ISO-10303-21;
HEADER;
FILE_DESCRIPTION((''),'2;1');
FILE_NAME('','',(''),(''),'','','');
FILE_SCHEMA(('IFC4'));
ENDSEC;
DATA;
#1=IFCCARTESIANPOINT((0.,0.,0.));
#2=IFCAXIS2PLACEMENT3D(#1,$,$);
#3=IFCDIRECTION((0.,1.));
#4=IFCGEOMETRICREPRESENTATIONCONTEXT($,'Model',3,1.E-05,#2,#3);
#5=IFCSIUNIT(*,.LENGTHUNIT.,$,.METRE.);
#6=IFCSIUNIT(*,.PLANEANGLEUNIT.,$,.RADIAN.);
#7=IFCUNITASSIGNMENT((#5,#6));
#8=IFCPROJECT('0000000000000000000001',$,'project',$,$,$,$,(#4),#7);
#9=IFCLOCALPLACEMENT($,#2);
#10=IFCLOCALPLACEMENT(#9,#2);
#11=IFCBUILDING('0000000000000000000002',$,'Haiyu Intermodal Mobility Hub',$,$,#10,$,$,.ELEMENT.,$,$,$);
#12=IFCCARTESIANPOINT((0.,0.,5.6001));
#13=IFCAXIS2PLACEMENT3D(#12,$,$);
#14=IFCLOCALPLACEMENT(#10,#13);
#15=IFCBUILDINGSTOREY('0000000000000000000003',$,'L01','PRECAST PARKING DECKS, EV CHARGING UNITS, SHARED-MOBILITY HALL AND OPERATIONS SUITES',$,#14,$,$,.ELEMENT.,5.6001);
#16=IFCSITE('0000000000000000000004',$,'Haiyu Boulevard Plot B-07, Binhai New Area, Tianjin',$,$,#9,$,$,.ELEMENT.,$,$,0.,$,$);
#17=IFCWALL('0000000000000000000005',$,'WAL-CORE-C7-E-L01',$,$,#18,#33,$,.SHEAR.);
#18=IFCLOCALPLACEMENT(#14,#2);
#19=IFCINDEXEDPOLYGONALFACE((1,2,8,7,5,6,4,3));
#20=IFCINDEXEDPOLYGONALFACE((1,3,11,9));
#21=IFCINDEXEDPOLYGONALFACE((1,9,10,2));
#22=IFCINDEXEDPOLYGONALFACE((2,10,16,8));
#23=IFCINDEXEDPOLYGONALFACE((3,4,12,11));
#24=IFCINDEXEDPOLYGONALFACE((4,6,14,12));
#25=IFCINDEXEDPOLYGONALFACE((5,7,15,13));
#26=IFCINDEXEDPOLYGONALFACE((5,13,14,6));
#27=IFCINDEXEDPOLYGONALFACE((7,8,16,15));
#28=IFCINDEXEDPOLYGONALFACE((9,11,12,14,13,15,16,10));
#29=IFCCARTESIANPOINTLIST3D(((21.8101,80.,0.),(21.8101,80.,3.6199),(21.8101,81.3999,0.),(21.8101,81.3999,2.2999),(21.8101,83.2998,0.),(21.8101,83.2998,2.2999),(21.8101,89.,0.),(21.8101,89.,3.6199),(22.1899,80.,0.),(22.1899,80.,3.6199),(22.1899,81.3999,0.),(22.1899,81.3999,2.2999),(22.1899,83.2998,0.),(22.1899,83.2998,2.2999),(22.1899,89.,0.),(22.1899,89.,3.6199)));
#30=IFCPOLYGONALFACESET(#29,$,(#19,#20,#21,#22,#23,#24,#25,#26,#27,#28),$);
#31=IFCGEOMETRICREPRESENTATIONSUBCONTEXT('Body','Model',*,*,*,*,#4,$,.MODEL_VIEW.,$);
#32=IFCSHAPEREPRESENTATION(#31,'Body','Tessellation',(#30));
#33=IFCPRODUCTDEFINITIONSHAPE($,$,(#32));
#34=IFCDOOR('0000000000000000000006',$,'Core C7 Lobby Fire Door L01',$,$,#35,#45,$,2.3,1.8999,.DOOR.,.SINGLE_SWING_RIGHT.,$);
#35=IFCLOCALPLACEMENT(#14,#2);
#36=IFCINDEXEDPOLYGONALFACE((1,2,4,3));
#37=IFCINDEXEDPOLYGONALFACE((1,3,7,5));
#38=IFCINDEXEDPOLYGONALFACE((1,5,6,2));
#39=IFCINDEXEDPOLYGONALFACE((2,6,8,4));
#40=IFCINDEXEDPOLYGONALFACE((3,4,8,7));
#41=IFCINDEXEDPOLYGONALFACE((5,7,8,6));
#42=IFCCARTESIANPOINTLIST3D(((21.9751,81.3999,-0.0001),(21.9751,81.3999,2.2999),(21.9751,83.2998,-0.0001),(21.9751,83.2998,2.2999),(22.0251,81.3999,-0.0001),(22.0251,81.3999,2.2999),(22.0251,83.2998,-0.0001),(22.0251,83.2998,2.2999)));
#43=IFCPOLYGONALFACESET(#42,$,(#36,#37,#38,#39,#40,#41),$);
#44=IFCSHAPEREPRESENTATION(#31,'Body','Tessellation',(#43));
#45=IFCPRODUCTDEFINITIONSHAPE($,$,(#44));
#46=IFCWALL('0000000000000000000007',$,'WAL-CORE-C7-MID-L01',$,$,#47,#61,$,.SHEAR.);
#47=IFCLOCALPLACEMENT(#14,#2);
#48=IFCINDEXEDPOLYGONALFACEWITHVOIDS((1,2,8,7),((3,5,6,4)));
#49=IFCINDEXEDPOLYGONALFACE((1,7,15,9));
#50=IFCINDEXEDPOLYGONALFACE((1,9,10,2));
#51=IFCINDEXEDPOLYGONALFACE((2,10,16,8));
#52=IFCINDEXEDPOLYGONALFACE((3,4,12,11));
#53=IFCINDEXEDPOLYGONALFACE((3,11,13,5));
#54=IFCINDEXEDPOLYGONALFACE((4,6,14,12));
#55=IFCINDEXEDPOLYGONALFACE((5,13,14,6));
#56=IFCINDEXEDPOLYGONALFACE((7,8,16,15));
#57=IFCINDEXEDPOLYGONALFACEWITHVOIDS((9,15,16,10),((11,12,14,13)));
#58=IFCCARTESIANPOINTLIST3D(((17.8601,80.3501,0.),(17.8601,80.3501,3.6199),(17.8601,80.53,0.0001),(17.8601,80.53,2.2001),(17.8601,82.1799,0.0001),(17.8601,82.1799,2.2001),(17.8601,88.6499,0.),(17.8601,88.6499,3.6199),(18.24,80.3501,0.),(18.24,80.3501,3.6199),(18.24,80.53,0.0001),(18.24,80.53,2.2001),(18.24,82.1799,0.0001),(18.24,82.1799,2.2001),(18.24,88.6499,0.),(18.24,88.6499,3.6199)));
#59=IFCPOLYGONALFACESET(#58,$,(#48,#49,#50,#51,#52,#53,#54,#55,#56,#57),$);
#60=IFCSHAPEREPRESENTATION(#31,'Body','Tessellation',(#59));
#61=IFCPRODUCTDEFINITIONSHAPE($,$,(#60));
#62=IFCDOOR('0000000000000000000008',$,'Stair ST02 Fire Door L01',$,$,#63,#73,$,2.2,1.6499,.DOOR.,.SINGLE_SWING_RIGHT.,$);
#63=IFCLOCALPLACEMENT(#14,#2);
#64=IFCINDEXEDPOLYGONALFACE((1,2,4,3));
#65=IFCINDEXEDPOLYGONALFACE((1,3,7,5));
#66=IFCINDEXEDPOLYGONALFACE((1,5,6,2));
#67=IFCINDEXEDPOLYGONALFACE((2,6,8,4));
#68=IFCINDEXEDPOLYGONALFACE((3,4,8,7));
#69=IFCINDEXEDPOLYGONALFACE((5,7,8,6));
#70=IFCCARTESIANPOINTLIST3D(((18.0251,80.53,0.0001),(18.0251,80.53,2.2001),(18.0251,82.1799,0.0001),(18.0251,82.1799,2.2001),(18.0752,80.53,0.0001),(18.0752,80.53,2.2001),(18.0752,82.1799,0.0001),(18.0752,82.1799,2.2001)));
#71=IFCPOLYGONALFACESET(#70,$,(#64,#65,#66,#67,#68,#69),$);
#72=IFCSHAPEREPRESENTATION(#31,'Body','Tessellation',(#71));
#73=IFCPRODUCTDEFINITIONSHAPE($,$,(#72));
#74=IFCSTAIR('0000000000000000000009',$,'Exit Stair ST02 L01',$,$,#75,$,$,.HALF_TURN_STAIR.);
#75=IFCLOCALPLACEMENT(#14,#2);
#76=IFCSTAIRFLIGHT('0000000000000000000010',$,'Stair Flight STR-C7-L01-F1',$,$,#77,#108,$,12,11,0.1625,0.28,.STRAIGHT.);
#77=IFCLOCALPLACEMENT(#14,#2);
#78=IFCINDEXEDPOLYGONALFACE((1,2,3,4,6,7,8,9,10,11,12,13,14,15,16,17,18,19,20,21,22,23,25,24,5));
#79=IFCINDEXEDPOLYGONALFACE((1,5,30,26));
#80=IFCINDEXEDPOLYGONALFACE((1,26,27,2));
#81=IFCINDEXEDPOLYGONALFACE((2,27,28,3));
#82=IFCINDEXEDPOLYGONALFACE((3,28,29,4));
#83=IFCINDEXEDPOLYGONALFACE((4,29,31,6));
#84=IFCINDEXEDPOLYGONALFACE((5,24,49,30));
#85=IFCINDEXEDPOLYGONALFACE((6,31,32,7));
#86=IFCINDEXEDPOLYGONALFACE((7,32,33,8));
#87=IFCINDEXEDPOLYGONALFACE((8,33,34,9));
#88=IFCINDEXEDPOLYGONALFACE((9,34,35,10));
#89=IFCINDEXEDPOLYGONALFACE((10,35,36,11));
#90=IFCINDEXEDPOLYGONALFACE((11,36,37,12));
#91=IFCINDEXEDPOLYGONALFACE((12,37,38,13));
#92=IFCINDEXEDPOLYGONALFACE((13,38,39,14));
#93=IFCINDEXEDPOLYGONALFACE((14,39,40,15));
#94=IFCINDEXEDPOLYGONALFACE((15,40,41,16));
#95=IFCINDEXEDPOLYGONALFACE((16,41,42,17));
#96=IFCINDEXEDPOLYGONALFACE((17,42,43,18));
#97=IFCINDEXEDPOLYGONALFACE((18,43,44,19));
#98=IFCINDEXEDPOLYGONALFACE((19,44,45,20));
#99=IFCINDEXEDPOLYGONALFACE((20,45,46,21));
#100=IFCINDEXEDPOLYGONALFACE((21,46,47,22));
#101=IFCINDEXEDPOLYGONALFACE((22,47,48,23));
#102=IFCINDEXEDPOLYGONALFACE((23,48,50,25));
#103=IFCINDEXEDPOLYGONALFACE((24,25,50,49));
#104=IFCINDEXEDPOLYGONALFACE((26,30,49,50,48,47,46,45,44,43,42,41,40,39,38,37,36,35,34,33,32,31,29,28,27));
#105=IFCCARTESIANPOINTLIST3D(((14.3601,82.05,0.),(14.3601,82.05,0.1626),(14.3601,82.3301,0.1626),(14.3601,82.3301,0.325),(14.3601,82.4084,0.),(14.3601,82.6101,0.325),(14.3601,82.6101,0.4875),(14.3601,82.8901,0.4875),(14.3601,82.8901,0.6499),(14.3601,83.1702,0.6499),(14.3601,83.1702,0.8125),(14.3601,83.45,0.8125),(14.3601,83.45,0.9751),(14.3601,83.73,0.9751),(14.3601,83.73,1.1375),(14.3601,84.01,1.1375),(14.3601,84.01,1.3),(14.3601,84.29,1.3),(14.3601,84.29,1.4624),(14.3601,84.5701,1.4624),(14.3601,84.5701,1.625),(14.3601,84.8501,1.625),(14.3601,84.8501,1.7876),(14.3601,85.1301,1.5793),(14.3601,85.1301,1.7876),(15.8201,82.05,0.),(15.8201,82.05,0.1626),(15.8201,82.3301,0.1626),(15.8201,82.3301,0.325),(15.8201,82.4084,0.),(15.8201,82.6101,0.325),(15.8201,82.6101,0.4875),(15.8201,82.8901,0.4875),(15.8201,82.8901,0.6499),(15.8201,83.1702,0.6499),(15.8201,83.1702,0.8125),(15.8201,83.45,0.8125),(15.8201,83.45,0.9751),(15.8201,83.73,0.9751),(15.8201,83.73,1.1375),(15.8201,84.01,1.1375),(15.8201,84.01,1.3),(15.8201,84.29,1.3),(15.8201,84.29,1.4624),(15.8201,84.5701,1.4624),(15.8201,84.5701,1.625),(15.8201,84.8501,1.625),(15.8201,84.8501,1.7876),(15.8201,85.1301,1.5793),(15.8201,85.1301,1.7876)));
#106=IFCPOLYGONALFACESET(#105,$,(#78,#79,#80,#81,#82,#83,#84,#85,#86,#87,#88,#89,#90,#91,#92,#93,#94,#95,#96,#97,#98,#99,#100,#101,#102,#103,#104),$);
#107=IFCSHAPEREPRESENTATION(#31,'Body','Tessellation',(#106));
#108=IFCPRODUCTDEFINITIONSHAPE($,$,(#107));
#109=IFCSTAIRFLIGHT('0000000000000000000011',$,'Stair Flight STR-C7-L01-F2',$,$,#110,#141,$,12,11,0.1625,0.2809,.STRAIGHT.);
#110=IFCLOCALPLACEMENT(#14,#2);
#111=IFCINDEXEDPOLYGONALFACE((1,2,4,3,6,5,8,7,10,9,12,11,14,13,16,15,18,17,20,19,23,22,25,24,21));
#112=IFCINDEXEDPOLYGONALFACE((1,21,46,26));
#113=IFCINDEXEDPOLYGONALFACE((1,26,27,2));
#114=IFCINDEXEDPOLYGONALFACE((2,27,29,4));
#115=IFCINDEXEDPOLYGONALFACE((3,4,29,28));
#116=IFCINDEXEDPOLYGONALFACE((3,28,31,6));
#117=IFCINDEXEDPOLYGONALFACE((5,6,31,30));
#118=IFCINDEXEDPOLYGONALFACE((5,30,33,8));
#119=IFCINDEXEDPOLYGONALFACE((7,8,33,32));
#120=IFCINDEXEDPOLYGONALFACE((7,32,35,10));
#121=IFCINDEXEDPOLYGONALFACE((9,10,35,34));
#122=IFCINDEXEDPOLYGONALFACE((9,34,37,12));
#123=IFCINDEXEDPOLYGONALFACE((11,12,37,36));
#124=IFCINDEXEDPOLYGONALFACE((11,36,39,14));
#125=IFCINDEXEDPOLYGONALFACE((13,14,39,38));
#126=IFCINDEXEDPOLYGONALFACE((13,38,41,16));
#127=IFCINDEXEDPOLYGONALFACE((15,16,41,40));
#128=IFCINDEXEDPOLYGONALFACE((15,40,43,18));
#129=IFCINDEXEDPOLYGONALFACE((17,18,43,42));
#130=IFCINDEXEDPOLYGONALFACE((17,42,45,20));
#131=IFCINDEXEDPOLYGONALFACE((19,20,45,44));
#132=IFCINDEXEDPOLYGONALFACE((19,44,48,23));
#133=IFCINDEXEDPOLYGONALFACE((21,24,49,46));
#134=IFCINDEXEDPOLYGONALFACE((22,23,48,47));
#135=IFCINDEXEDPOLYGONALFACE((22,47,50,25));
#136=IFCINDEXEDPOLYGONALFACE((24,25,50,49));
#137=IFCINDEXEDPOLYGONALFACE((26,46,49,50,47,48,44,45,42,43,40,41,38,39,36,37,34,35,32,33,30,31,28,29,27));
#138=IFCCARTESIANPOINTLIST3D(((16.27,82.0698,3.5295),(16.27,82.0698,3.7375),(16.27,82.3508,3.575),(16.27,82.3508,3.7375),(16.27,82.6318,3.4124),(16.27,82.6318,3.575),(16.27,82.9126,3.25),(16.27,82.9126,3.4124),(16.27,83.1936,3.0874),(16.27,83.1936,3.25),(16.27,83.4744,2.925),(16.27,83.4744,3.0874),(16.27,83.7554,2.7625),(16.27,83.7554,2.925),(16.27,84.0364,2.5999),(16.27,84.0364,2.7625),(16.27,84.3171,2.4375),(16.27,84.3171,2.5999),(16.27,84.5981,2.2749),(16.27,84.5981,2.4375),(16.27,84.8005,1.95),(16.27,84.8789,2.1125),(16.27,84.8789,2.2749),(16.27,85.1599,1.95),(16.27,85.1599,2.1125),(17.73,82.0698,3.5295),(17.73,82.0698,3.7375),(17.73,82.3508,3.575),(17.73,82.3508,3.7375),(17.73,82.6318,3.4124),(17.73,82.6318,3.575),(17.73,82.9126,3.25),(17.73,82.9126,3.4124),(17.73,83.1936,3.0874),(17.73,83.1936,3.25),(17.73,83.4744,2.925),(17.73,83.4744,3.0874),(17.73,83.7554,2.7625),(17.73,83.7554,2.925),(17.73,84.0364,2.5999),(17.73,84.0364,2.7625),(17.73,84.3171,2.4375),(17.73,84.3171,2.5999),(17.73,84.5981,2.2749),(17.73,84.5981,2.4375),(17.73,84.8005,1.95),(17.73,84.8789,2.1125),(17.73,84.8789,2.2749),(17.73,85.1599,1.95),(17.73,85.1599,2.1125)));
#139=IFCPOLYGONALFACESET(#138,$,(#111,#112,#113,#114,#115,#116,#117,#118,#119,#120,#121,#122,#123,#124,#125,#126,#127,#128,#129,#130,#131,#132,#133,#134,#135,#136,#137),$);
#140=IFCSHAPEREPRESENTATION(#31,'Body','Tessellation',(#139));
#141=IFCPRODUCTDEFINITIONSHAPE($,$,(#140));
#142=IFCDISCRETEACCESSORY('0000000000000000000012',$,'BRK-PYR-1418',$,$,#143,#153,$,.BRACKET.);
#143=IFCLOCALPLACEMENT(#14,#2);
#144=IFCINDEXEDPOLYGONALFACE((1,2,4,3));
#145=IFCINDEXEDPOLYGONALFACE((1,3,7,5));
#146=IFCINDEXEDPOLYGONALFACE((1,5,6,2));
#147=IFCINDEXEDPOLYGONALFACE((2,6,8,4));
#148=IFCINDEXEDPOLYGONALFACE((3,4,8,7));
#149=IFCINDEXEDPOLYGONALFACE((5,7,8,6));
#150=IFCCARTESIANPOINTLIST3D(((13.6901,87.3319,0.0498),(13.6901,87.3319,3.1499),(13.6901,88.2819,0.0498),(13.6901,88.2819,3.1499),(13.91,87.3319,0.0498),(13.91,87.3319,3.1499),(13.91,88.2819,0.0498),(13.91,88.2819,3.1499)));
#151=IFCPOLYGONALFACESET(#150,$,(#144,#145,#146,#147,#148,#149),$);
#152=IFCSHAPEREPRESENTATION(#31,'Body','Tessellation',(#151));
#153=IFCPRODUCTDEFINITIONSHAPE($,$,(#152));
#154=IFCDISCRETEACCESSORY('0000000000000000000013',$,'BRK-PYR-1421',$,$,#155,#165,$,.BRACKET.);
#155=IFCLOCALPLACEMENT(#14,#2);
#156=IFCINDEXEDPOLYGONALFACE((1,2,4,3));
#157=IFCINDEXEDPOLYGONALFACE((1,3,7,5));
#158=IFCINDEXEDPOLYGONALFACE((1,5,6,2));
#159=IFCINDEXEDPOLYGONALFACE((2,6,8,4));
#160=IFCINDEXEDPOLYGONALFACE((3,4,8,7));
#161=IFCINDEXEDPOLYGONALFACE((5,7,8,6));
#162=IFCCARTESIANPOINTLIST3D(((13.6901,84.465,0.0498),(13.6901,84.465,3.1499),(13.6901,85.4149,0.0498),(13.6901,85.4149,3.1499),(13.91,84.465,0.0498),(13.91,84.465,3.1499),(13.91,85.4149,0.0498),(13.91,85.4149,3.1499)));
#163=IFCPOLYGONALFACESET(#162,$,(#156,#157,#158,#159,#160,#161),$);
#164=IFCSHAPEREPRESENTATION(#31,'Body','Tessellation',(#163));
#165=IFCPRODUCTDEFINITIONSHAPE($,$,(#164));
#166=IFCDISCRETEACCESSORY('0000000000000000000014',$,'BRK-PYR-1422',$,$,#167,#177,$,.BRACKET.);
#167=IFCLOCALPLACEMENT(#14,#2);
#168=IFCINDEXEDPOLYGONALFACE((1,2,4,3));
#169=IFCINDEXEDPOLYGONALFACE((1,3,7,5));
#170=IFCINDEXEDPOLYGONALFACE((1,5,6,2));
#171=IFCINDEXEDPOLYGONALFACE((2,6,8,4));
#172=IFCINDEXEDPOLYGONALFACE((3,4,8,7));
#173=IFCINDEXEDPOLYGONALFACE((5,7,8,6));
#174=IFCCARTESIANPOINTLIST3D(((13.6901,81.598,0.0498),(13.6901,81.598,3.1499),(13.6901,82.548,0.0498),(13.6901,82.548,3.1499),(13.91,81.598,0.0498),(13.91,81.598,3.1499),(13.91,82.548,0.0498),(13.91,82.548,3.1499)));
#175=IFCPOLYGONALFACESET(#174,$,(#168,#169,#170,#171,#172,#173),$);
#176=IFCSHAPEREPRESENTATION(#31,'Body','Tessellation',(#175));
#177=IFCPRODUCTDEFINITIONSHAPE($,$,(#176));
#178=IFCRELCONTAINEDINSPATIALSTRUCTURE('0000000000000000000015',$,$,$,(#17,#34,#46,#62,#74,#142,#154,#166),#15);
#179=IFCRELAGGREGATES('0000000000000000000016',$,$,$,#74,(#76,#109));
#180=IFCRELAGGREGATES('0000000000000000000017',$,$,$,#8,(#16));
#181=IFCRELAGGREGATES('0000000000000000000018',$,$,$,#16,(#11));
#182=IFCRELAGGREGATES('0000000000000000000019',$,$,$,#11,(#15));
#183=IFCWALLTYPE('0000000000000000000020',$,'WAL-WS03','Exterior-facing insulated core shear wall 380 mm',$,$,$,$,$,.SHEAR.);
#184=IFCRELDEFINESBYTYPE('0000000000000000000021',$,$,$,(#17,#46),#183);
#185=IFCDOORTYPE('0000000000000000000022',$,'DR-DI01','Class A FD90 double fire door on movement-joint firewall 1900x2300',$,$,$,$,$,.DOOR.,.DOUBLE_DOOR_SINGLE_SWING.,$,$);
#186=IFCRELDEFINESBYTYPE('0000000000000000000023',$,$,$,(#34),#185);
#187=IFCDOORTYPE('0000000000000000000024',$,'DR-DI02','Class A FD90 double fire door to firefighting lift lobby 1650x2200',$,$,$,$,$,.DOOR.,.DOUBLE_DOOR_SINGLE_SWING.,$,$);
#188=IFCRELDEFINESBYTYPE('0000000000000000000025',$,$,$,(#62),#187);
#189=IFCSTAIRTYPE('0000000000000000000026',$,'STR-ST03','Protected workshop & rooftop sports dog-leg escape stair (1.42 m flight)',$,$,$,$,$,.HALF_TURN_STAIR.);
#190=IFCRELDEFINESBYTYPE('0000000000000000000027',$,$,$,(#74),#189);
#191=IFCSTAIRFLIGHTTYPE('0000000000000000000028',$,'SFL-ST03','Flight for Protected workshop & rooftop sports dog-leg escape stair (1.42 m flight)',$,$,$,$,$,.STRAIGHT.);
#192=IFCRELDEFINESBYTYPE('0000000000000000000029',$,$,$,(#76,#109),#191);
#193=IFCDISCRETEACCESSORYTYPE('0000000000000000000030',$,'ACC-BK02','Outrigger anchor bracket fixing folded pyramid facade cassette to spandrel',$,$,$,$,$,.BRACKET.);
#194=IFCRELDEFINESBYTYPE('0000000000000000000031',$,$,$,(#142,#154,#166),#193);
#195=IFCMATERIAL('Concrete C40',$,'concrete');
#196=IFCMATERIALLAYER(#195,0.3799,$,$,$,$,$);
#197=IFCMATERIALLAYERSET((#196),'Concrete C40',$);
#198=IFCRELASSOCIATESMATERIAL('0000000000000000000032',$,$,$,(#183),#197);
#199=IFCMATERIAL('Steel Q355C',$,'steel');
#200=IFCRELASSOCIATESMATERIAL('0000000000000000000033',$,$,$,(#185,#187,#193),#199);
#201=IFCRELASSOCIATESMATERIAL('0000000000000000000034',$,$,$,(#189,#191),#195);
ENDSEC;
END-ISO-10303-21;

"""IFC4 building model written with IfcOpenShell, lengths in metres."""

from ifc_helpers import new_model, si_unit, direction, frame, frame_2d, origin, origin_2d, place, context, subcontext, project, spatial, polyline, rectangle, outline, extrude, material, layer, layer_set, type_object, element, fill, aggregate, save


model = new_model("IFC4")

# Units and contexts
model_context = context("Model", 3, precision=1e-05, world=origin(), true_north=direction((0.0, 1.0)))
body_context = subcontext(model_context, "Body", "Model", "MODEL_VIEW")
ifc_project = project(units=[si_unit("LENGTHUNIT", "METRE"), si_unit("PLANEANGLEUNIT", "RADIAN")], contexts=[model_context])

# Site, building, storey
site_placement = place(None, origin())
site = spatial("IfcSite", under=ifc_project, at=site_placement, Name="Haiyu Boulevard Plot B-07, Binhai New Area, Tianjin", CompositionType="ELEMENT", RefElevation=0.0)
building_placement = place(site_placement, origin())
building = spatial("IfcBuilding", under=site, at=building_placement, Name="Haiyu Intermodal Mobility Hub", CompositionType="ELEMENT")
storey_placement = place(building_placement, frame((0.0, 0.0, 5.6001)))
storey = spatial("IfcBuildingStorey", under=building, at=storey_placement, Name="L01", Description="PRECAST PARKING DECKS, EV CHARGING UNITS, SHARED-MOBILITY HALL AND OPERATIONS SUITES", CompositionType="ELEMENT", Elevation=5.6001)

# Shared definitions
ifc_material_1 = material(Name="Concrete C40", Category="concrete")
ifc_material_2 = material(Name="Steel Q355C", Category="steel")

# Walls, openings, doors
ifc_layer_1 = layer(ifc_material_1, 0.3799)
ifc_layer_set_1 = layer_set([ifc_layer_1], Name="Concrete C40")
wall_type_1 = type_object("IfcWallType", Name="WAL-WS03", Description="Exterior-facing insulated core shear wall 380 mm", PredefinedType="SHEAR", material=ifc_layer_set_1)
wall_1_placement = place(storey_placement, frame((22.0, 80.0, 0.0), z_axis=(0.0, 0.0, 1.0), x_axis=(0.0, 1.0, 0.0)))
wall_1 = element("IfcWall", 1, at=wall_1_placement, inside=storey, type_object=wall_type_1, Name="WAL-CORE-C7-E-L01", PredefinedType="SHEAR", context=body_context, shape_type="SweptSolid", body=[
    extrude(rectangle(XDim=9.0, YDim=0.3799, at=frame_2d((4.5, 0.0))), origin(), (0.0, 0.0, 1.0), 3.6199),
])
opening_1_placement = place(wall_1_placement, frame((1.3999, 0.0, 0.0)))
opening_1 = element("IfcOpeningElement", 2, at=opening_1_placement, cuts=wall_1, PredefinedType="OPENING", context=body_context, shape_type="SweptSolid", body=[
    extrude(rectangle(XDim=1.8999, YDim=2.3, at=frame_2d((0.95, 1.1499))), frame((0.0, 0.2, 0.0), z_axis=(0.0, -1.0, 0.0), x_axis=(1.0, 0.0, 0.0)), (0.0, 0.0, 1.0), 0.3999),
])
door_type_1 = type_object("IfcDoorType", Name="DR-DI01", Description="Class A FD90 double fire door on movement-joint firewall 1900x2300", OperationType="DOUBLE_DOOR_SINGLE_SWING", PredefinedType="DOOR", material=ifc_material_2)
door_1_placement = place(opening_1_placement, origin())
door_1 = element("IfcDoor", 3, at=door_1_placement, inside=storey, type_object=door_type_1, Name="Core C7 Lobby Fire Door L01", OperationType="SINGLE_SWING_RIGHT", OverallHeight=2.3, OverallWidth=1.8999, PredefinedType="DOOR", context=body_context, shape_type="SweptSolid", body=[
    extrude(rectangle(XDim=1.8999, YDim=2.3, at=frame_2d((0.95, 1.1499))), frame((0.0, 0.0249, 0.0), z_axis=(0.0, -1.0, 0.0), x_axis=(1.0, 0.0, 0.0)), (0.0, 0.0, 1.0), 0.05),
])
fill(opening_1, door_1)
wall_2_placement = place(storey_placement, frame((18.05, 80.3501, 0.0), z_axis=(0.0, 0.0, 1.0), x_axis=(0.0, 1.0, 0.0)))
wall_2 = element("IfcWall", 4, at=wall_2_placement, inside=storey, type_object=wall_type_1, Name="WAL-CORE-C7-MID-L01", PredefinedType="SHEAR", context=body_context, shape_type="SweptSolid", body=[
    extrude(rectangle(XDim=8.2998, YDim=0.3799, at=frame_2d((4.1499, 0.0))), origin(), (0.0, 0.0, 1.0), 3.6199),
])
opening_2_placement = place(wall_2_placement, frame((0.1799, 0.0, 0.0)))
opening_2 = element("IfcOpeningElement", 5, at=opening_2_placement, cuts=wall_2, PredefinedType="OPENING", context=body_context, shape_type="SweptSolid", body=[
    extrude(rectangle(XDim=1.6499, YDim=2.2, at=frame_2d((0.825, 1.1001))), frame((0.0, 0.2, 0.0), z_axis=(0.0, -1.0, 0.0), x_axis=(1.0, 0.0, 0.0)), (0.0, 0.0, 1.0), 0.3999),
])
door_type_2 = type_object("IfcDoorType", Name="DR-DI02", Description="Class A FD90 double fire door to firefighting lift lobby 1650x2200", OperationType="DOUBLE_DOOR_SINGLE_SWING", PredefinedType="DOOR", material=ifc_material_2)
door_2_placement = place(opening_2_placement, origin())
door_2 = element("IfcDoor", 6, at=door_2_placement, inside=storey, type_object=door_type_2, Name="Stair ST02 Fire Door L01", OperationType="SINGLE_SWING_RIGHT", OverallHeight=2.2, OverallWidth=1.6499, PredefinedType="DOOR", context=body_context, shape_type="SweptSolid", body=[
    extrude(rectangle(XDim=1.6499, YDim=2.2, at=frame_2d((0.825, 1.1001))), frame((0.0, 0.0249, 0.0), z_axis=(0.0, -1.0, 0.0), x_axis=(1.0, 0.0, 0.0)), (0.0, 0.0, 1.0), 0.05),
])
fill(opening_2, door_2)

# Stair, stair flights
stair_type = type_object("IfcStairType", Name="STR-ST03", Description="Protected workshop & rooftop sports dog-leg escape stair (1.42 m flight)", PredefinedType="HALF_TURN_STAIR", material=ifc_material_1)
stair_placement = place(storey_placement, origin())
stair = element("IfcStair", 7, at=stair_placement, inside=storey, type_object=stair_type, Name="Exit Stair ST02 L01", PredefinedType="HALF_TURN_STAIR")
stair_flight_type = type_object("IfcStairFlightType", Name="SFL-ST03", Description="Flight for Protected workshop & rooftop sports dog-leg escape stair (1.42 m flight)", PredefinedType="STRAIGHT", material=ifc_material_1)
stair_flight_1_placement = place(storey_placement, frame((15.0901, 82.05, 0.0), z_axis=(0.0, 0.0, 1.0), x_axis=(0.0, 1.0, 0.0)))
stair_flight_1 = element("IfcStairFlight", 8, at=stair_flight_1_placement, type_object=stair_flight_type, Name="Stair Flight STR-C7-L01-F1", NumberOfRisers=12, NumberOfTreads=11, PredefinedType="STRAIGHT", RiserHeight=0.1625, TreadLength=0.28, context=body_context, shape_type="SweptSolid", body=[
    extrude(outline(polyline([(0.0, 0.0), (0.0, 0.1626), (0.28, 0.1626), (0.28, 0.325), (0.5601, 0.325), (0.5601, 0.4875), (0.8401, 0.4875), (0.8401, 0.6499), (1.1201, 0.6499), (1.1201, 0.8125), (1.3999, 0.8125), (1.3999, 0.9751), (1.6799, 0.9751), (1.6799, 1.1375), (1.96, 1.1375), (1.96, 1.3), (2.24, 1.3), (2.24, 1.4624), (2.52, 1.4624), (2.52, 1.625), (2.8, 1.625), (2.8, 1.7876), (3.0801, 1.7876), (3.0801, 1.95), (3.0801, 1.5793), (0.3584, 0.0), (0.0, 0.0)])), frame((0.0, 0.73, 0.0), z_axis=(0.0, -1.0, 0.0), x_axis=(1.0, 0.0, 0.0)), (0.0, 0.0, 1.0), 1.46),
])
stair_flight_2_placement = place(storey_placement, frame((17.0, 85.1599, 1.95), z_axis=(0.0, 0.0, 1.0), x_axis=(0.0, -1.0, 0.0)))
stair_flight_2 = element("IfcStairFlight", 9, at=stair_flight_2_placement, type_object=stair_flight_type, Name="Stair Flight STR-C7-L01-F2", NumberOfRisers=12, NumberOfTreads=11, PredefinedType="STRAIGHT", RiserHeight=0.1625, TreadLength=0.2809, context=body_context, shape_type="SweptSolid", body=[
    extrude(outline(polyline([(0.0, 0.0), (0.0, 0.1626), (0.281, 0.1626), (0.281, 0.325), (0.5618, 0.325), (0.5618, 0.4875), (0.8428, 0.4875), (0.8428, 0.6499), (1.1235, 0.6499), (1.1235, 0.8125), (1.4045, 0.8125), (1.4045, 0.9751), (1.6855, 0.9751), (1.6855, 1.1375), (1.9663, 1.1375), (1.9663, 1.3), (2.2473, 1.3), (2.2473, 1.4624), (2.5281, 1.4624), (2.5281, 1.625), (2.8091, 1.625), (2.8091, 1.7876), (3.0901, 1.7876), (3.0901, 1.95), (3.0901, 1.5796), (0.3594, 0.0), (0.0, 0.0)])), frame((0.0, 0.73, 0.0), z_axis=(0.0, -1.0, 0.0), x_axis=(1.0, 0.0, 0.0)), (0.0, 0.0, 1.0), 1.46),
])
aggregate(stair, [stair_flight_1, stair_flight_2])

# Discrete accessories
discrete_accessory_type = type_object("IfcDiscreteAccessoryType", Name="ACC-BK02", Description="Outrigger anchor bracket fixing folded pyramid facade cassette to spandrel", PredefinedType="BRACKET", material=ifc_material_2)
for number, where, z_axis, x_axis, name in (
    (10, (13.8, 87.8069, 0.0498), (0.0, 0.0, 1.0), (1.0, 0.0, 0.0), "BRK-PYR-1418"),
    (11, (13.8, 84.9399, 0.0498), (0.0, 0.0, 1.0), (1.0, 0.0, 0.0), "BRK-PYR-1421"),
    (12, (13.8, 82.073, 0.0498), (0.0, 0.0, 1.0), (1.0, 0.0, 0.0), "BRK-PYR-1422"),
):
    element("IfcDiscreteAccessory", number, at=place(storey_placement, frame(where, z_axis=z_axis, x_axis=x_axis)), inside=storey, type_object=discrete_accessory_type, Name=name, PredefinedType="BRACKET", context=body_context, shape_type="SweptSolid", body=[
        extrude(rectangle(XDim=0.22, YDim=0.95, at=origin_2d()), origin(), (0.0, 0.0, 1.0), 3.1001),
    ])

save(model, "model.ifc")
